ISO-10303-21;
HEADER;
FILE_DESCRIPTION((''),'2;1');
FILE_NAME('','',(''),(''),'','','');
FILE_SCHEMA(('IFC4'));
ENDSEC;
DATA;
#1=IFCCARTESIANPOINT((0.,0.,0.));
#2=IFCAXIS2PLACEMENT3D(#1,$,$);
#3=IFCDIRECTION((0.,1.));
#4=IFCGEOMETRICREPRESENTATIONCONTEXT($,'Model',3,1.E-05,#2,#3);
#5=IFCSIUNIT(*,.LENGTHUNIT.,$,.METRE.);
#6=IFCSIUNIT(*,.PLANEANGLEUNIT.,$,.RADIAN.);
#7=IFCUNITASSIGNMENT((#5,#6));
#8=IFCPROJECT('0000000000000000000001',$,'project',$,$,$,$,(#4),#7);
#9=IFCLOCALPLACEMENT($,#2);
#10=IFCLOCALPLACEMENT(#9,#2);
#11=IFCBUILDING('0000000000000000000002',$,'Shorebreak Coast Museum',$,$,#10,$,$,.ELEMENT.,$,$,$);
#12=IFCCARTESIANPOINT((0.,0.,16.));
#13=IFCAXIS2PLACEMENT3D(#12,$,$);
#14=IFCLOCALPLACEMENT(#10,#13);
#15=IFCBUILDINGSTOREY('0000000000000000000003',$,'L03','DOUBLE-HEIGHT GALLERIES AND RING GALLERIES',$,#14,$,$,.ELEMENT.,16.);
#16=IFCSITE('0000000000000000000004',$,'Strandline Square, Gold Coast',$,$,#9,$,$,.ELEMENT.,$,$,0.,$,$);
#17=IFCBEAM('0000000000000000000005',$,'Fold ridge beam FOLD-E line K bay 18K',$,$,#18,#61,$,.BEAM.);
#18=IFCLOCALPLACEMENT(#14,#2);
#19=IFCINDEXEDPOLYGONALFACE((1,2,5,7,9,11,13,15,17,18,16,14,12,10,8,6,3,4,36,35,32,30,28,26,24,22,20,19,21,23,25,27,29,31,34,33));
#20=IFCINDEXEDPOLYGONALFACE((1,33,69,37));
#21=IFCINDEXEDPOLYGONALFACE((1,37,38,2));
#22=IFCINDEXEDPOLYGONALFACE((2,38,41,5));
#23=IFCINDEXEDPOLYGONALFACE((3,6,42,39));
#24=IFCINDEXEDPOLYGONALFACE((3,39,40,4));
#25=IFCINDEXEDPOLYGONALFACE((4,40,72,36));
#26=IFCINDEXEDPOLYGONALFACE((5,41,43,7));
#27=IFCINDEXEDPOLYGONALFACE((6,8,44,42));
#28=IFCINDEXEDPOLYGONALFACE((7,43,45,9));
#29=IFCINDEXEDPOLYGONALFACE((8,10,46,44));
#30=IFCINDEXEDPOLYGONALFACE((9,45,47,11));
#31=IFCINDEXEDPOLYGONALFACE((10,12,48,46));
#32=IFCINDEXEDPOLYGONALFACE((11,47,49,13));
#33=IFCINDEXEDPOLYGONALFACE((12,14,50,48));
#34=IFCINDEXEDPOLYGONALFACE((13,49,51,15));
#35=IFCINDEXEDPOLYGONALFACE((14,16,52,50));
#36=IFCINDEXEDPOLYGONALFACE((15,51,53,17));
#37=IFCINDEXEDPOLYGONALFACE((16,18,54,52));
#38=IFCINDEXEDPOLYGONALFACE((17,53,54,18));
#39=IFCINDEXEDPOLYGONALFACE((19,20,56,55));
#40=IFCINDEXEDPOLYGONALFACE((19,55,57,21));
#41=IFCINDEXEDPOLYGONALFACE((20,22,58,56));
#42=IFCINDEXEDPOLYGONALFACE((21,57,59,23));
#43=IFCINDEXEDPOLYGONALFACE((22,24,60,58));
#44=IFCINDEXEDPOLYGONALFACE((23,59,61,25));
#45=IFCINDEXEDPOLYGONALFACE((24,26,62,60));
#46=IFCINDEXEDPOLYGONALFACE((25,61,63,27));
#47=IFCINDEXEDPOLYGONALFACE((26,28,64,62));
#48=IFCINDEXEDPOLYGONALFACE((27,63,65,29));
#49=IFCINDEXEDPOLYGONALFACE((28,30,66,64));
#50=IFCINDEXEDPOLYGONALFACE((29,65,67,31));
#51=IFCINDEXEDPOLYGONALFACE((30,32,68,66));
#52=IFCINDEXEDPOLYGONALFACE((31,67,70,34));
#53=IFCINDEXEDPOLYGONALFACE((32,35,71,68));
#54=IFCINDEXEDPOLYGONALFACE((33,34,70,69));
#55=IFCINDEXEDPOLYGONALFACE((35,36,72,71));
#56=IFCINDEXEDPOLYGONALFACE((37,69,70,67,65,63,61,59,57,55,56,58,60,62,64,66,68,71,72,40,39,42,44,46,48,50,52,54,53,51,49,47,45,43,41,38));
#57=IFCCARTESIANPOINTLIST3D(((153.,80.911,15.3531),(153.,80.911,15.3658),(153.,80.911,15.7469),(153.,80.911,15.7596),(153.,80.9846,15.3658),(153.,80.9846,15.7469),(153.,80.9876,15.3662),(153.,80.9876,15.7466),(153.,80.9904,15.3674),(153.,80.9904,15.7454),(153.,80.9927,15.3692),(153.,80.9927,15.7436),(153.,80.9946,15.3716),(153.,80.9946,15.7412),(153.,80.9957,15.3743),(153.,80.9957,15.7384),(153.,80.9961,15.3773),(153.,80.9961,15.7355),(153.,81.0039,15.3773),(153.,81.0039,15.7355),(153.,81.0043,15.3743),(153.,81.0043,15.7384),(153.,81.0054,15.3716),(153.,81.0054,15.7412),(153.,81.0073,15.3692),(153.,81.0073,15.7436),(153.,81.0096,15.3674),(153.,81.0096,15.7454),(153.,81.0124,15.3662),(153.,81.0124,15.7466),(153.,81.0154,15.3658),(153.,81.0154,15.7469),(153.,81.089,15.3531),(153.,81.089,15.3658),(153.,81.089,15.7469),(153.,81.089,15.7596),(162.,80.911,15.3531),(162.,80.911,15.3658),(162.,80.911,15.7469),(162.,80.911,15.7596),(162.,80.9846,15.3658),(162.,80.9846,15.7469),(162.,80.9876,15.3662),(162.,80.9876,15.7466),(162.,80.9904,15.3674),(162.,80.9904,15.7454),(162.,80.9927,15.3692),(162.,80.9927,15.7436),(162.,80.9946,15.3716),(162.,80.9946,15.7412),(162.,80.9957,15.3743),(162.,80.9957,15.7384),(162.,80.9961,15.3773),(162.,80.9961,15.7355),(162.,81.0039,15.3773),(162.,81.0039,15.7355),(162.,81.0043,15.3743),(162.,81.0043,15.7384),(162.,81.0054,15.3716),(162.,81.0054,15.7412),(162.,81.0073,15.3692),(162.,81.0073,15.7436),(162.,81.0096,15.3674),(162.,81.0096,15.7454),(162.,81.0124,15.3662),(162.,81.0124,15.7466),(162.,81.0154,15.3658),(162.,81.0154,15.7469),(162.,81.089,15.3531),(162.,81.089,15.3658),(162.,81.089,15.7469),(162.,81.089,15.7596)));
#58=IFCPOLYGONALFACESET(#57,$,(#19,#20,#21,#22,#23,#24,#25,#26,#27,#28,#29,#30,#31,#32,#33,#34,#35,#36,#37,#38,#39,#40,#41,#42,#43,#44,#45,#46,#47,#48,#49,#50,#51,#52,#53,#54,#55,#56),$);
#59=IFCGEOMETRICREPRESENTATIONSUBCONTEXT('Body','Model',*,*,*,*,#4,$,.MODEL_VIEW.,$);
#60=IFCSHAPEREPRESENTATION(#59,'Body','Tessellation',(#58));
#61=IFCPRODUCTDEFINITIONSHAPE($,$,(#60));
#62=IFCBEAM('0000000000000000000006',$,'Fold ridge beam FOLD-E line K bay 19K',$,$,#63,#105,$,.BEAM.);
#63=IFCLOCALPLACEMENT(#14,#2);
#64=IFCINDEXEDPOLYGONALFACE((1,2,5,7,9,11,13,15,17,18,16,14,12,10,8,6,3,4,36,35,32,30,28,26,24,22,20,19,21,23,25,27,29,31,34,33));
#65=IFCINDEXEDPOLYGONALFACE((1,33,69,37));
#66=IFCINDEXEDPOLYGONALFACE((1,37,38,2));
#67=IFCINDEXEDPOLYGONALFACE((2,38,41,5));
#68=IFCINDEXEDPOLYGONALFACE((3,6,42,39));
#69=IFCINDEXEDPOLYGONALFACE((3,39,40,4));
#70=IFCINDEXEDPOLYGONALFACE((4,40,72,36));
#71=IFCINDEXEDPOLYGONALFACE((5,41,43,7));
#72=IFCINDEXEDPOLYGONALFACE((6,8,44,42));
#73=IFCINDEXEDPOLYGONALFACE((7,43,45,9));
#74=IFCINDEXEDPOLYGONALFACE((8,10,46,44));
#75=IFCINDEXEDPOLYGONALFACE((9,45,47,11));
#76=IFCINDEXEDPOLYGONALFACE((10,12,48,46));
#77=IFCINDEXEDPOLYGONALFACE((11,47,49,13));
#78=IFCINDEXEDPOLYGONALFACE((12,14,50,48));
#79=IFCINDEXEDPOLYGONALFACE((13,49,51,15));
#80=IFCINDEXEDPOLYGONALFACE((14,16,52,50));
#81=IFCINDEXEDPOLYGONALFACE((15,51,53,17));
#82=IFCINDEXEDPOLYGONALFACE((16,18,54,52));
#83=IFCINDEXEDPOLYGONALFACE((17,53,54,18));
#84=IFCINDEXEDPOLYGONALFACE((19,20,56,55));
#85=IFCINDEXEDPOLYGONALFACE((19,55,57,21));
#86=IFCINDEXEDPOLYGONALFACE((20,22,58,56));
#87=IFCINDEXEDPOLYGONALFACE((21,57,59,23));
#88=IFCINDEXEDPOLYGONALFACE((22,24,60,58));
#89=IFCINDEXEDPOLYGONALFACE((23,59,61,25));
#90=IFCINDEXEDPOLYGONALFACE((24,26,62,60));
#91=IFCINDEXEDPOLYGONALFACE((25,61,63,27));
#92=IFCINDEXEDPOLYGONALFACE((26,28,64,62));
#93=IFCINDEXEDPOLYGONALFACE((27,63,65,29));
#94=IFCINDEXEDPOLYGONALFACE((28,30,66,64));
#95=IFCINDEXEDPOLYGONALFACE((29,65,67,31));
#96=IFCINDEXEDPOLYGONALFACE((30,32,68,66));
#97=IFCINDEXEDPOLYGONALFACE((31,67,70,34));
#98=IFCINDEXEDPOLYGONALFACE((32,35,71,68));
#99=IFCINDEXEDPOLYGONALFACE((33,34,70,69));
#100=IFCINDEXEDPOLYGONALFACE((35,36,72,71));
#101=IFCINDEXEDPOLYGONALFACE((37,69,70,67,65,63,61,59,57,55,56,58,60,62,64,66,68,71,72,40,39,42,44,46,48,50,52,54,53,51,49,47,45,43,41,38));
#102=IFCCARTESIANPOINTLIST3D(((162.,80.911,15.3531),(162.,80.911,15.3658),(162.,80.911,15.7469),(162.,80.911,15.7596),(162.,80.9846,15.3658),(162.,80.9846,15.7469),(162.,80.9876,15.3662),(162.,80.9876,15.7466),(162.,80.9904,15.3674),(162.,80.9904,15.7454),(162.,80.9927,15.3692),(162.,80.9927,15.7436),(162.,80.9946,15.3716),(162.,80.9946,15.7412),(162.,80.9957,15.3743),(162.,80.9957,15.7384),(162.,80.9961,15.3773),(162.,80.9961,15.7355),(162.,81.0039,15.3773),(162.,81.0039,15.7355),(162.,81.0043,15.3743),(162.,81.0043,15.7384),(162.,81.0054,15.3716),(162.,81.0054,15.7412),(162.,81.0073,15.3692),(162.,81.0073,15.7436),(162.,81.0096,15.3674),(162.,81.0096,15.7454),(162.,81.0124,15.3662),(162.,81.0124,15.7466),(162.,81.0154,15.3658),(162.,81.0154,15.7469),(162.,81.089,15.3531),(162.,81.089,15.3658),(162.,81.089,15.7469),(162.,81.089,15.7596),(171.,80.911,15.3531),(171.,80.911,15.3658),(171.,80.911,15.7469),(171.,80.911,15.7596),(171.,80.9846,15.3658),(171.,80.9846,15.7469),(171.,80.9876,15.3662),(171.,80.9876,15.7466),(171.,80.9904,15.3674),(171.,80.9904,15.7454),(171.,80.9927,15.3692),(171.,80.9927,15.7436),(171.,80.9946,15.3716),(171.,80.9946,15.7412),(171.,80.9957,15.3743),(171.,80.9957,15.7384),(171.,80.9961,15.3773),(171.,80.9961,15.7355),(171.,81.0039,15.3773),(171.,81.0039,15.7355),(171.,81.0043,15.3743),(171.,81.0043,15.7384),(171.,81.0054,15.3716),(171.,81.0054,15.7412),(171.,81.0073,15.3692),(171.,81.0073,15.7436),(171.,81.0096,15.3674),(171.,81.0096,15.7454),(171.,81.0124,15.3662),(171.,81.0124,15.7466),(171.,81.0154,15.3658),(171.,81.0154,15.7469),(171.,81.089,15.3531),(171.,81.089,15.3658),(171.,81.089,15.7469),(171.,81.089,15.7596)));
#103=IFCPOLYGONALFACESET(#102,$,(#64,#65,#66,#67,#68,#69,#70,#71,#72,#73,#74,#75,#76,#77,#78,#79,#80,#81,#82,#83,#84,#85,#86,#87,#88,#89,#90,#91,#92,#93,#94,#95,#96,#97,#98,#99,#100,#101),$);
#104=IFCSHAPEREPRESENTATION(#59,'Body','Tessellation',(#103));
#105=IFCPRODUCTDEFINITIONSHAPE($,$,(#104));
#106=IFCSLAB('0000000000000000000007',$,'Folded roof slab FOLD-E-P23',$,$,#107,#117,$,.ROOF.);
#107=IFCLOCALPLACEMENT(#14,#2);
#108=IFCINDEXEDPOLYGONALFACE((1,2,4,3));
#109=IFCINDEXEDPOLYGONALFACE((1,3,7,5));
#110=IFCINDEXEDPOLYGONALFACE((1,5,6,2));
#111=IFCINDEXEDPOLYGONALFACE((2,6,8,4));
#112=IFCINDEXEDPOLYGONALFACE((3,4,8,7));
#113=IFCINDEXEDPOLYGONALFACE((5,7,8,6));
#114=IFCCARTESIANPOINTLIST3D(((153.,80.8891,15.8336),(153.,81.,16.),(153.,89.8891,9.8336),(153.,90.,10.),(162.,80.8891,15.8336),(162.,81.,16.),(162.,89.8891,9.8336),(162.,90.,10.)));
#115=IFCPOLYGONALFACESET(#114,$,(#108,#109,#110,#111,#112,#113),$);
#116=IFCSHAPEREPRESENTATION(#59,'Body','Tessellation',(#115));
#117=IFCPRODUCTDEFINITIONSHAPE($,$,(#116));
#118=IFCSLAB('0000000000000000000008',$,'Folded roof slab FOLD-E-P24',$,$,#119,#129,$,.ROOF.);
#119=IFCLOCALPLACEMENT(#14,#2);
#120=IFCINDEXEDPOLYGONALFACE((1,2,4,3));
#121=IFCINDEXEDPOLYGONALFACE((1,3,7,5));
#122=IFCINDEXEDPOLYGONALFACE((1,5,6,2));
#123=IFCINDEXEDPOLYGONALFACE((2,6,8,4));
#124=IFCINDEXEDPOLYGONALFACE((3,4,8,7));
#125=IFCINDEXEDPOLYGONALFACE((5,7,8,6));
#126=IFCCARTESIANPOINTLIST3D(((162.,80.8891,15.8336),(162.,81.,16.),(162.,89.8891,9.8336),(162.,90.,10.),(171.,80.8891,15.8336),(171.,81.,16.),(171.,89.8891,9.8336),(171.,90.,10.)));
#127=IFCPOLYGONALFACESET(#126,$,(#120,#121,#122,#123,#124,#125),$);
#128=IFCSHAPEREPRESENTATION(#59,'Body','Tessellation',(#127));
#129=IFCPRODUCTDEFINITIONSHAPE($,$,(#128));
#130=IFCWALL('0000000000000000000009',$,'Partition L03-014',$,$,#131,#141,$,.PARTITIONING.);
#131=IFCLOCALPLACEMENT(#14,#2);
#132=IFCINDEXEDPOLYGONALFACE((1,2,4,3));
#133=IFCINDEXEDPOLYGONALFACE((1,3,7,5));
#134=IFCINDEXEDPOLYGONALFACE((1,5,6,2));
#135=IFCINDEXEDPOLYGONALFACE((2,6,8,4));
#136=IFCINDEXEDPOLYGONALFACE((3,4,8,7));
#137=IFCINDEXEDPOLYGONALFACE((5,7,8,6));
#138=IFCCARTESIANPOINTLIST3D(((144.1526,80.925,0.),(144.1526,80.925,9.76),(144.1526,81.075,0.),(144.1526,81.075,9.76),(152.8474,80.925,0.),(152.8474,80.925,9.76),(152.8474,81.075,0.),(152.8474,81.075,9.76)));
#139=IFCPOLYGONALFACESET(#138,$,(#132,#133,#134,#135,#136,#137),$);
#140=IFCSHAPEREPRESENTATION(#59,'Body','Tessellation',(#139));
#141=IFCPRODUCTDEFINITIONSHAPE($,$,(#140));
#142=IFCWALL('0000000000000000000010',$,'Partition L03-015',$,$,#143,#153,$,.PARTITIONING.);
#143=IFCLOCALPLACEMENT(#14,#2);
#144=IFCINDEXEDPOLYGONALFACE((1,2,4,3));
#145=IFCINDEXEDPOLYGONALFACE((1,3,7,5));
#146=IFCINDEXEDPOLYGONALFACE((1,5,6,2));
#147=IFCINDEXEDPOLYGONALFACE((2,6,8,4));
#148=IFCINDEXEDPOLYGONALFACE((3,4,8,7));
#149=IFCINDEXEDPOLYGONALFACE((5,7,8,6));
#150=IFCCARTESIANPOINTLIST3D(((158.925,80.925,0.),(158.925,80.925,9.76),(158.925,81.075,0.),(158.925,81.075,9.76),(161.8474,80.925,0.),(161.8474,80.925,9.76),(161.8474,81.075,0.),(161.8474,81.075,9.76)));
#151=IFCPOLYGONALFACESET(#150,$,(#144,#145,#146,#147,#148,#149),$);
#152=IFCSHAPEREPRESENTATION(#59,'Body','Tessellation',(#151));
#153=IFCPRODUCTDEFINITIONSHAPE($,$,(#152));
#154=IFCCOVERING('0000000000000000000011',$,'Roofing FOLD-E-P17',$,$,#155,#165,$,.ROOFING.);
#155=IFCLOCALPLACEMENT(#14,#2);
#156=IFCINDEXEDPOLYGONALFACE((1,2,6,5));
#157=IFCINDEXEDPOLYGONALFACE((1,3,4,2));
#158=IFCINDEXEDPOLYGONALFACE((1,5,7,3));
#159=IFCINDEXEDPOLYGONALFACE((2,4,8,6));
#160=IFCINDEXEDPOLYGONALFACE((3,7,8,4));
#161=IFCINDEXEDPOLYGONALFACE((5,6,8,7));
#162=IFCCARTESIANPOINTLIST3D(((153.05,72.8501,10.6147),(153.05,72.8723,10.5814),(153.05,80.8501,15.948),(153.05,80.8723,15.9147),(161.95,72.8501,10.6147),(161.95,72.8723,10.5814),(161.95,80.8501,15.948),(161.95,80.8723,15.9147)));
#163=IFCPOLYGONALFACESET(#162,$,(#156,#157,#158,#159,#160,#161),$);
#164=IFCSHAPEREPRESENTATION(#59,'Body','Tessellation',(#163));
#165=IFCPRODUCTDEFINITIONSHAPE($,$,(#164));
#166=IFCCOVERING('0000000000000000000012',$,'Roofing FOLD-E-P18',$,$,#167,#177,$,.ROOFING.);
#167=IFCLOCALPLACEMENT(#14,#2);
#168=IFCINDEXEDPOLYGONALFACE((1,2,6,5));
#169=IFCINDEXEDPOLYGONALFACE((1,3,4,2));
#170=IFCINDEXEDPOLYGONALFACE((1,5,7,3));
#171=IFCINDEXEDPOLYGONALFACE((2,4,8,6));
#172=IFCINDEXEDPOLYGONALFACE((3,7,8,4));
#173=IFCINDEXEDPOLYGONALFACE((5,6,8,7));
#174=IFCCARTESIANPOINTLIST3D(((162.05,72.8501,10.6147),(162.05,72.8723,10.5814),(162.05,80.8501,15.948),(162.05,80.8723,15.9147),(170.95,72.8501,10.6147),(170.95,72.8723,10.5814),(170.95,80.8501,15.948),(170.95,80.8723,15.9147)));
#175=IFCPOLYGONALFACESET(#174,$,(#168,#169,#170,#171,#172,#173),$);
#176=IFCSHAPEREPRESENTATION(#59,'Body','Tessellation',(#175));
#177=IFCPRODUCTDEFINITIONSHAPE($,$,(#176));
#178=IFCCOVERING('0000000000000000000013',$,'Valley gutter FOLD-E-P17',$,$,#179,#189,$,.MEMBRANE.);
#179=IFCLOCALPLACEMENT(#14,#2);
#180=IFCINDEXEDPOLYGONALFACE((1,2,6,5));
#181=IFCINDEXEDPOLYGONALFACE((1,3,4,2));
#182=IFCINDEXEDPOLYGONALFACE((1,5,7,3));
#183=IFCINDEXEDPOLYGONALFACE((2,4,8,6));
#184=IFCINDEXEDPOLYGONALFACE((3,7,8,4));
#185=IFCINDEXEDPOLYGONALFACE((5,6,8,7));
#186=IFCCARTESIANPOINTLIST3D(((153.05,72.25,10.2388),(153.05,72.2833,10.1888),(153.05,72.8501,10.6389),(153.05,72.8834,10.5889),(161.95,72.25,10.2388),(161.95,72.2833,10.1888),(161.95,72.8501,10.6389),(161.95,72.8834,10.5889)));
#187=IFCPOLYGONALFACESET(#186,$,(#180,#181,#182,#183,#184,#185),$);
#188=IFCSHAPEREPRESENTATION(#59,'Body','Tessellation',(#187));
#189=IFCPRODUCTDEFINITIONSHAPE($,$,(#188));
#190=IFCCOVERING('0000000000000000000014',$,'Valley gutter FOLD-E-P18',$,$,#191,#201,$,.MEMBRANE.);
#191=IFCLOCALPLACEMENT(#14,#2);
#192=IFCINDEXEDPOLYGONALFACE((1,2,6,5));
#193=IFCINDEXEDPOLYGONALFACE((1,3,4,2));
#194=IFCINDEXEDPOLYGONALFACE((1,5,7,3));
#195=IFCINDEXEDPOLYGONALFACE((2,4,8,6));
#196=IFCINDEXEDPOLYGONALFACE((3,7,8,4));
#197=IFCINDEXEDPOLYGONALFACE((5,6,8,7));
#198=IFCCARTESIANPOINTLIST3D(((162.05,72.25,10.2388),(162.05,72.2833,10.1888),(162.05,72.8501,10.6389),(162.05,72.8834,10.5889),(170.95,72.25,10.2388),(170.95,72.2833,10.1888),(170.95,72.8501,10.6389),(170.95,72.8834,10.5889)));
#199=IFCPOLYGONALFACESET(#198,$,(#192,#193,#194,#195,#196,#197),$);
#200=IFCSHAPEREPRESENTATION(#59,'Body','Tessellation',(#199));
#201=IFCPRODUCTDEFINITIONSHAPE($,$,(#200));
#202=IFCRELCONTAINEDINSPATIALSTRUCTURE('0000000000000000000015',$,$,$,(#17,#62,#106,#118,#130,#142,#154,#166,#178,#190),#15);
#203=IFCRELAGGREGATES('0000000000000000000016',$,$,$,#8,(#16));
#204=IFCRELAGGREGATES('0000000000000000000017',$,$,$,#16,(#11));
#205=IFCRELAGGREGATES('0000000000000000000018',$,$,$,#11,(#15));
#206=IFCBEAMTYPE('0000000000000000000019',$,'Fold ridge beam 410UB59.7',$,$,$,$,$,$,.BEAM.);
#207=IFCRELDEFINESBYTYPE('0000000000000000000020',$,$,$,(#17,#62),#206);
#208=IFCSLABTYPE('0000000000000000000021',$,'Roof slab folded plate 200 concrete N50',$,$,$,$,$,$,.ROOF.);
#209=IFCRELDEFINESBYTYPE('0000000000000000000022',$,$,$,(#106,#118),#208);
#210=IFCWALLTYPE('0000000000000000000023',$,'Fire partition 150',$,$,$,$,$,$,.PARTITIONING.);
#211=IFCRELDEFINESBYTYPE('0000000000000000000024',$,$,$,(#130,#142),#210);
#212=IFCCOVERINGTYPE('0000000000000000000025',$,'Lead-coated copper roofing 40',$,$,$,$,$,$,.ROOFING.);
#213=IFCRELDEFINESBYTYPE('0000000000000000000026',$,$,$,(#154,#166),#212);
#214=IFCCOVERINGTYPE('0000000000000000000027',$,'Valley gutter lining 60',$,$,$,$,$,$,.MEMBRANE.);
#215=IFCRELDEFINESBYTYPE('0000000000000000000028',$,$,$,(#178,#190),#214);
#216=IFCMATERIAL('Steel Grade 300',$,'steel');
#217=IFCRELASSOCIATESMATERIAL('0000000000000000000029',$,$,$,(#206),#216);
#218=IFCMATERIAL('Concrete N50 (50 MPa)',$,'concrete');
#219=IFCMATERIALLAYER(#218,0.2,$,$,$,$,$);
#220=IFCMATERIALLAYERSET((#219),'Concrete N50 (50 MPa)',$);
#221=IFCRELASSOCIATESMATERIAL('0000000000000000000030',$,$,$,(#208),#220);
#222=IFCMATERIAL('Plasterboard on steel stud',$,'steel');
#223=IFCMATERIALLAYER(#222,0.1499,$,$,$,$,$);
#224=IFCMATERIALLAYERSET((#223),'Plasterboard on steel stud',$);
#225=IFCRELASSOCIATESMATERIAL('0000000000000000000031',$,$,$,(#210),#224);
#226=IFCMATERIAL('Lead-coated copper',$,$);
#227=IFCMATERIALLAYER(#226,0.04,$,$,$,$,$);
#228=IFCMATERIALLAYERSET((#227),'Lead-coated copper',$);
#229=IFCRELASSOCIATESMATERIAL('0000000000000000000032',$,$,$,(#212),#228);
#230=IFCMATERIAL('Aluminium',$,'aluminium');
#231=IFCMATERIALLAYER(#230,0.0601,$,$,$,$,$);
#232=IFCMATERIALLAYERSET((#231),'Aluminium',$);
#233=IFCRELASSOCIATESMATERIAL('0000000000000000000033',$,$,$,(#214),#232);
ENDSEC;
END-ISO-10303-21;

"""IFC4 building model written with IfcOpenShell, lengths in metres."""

from ifc_helpers import new_model, si_unit, direction, frame, frame_2d, origin, origin_2d, place, context, subcontext, project, spatial, polyline, rectangle, i_section, outline, extrude, material, layer, layer_set, material_profile, profile_set, type_object, element, save


model = new_model("IFC4")

# Units and contexts
model_context = context("Model", 3, precision=1e-05, world=origin(), true_north=direction((0.0, 1.0)))
body_context = subcontext(model_context, "Body", "Model", "MODEL_VIEW")
ifc_project = project(units=[si_unit("LENGTHUNIT", "METRE"), si_unit("PLANEANGLEUNIT", "RADIAN")], contexts=[model_context])

# Site, building, storey
site_placement = place(None, origin())
site = spatial("IfcSite", under=ifc_project, at=site_placement, Name="Strandline Square, Gold Coast", CompositionType="ELEMENT", RefElevation=0.0)
building_placement = place(site_placement, origin())
building = spatial("IfcBuilding", under=site, at=building_placement, Name="Shorebreak Coast Museum", CompositionType="ELEMENT")
storey_placement = place(building_placement, frame((0.0, 0.0, 16.0)))
storey = spatial("IfcBuildingStorey", under=building, at=storey_placement, Name="L03", Description="DOUBLE-HEIGHT GALLERIES AND RING GALLERIES", CompositionType="ELEMENT", Elevation=16.0)

# Beams
ifc_material_1 = material(Name="Steel Grade 300", Category="steel")
ifc_material_profile_1 = material_profile(ifc_material_1, i_section(OverallWidth=0.178, OverallDepth=0.4065, WebThickness=0.0078, FlangeThickness=0.0127, FilletRadius=0.0115, at=origin_2d()), Name="410UB59.7")
ifc_profile_set_1 = profile_set([ifc_material_profile_1], Name="Steel Grade 300")
beam_type_1 = type_object("IfcBeamType", Name="Fold ridge beam 410UB59.7", PredefinedType="BEAM", material=ifc_profile_set_1)
for number, where, z_axis, x_axis, name in (
    (1, (153.0, 81.0, 15.5564), (1.0, 0.0, 0.0), (0.0, 1.0, 0.0), "Fold ridge beam FOLD-E line K bay 18K"),
    (2, (162.0, 81.0, 15.5564), (1.0, 0.0, 0.0), (0.0, 1.0, 0.0), "Fold ridge beam FOLD-E line K bay 19K"),
):
    element("IfcBeam", number, at=place(storey_placement, frame(where, z_axis=z_axis, x_axis=x_axis)), inside=storey, type_object=beam_type_1, Name=name, PredefinedType="BEAM", context=body_context, shape_type="SweptSolid", body=[
        extrude(i_section(OverallWidth=0.178, OverallDepth=0.4065, WebThickness=0.0078, FlangeThickness=0.0127, FilletRadius=0.0115, at=origin_2d()), origin(), (0.0, 0.0, 1.0), 9.0),
    ])

# Slabs
ifc_material_2 = material(Name="Concrete N50 (50 MPa)", Category="concrete")
ifc_layer_1 = layer(ifc_material_2, 0.2)
ifc_layer_set_1 = layer_set([ifc_layer_1], Name="Concrete N50 (50 MPa)")
slab_type = type_object("IfcSlabType", Name="Roof slab folded plate 200 concrete N50", PredefinedType="ROOF", material=ifc_layer_set_1)
for number, where, z_axis, x_axis, name in (
    (3, (153.0, 81.0, 16.0), (0.0, 0.5547, 0.83205), (1.0, 0.0, 0.0), "Folded roof slab FOLD-E-P23"),
    (4, (162.0, 81.0, 16.0), (0.0, 0.5547, 0.83205), (1.0, 0.0, 0.0), "Folded roof slab FOLD-E-P24"),
):
    element("IfcSlab", number, at=place(storey_placement, frame(where, z_axis=z_axis, x_axis=x_axis)), inside=storey, type_object=slab_type, Name=name, PredefinedType="ROOF", context=body_context, shape_type="SweptSolid", body=[
        extrude(outline(polyline([(0.0, 0.0), (9.0, 0.0), (9.0, 10.8167), (0.0, 10.8167), (0.0, 0.0)])), origin(), (0.0, 0.0, -1.0), 0.2),
    ])

# Walls
ifc_material_3 = material(Name="Plasterboard on steel stud", Category="steel")
ifc_layer_2 = layer(ifc_material_3, 0.1499)
ifc_layer_set_2 = layer_set([ifc_layer_2], Name="Plasterboard on steel stud")
wall_type = type_object("IfcWallType", Name="Fire partition 150", PredefinedType="PARTITIONING", material=ifc_layer_set_2)
wall_1_placement = place(storey_placement, frame((144.1526, 81.0, 0.0), z_axis=(0.0, 0.0, 1.0), x_axis=(1.0, 0.0, 0.0)))
element("IfcWall", 5, at=wall_1_placement, inside=storey, type_object=wall_type, Name="Partition L03-014", PredefinedType="PARTITIONING", context=body_context, shape_type="SweptSolid", body=[
    extrude(rectangle(XDim=8.6948, YDim=0.1499, at=frame_2d((4.3474, 0.0))), origin(), (0.0, 0.0, 1.0), 9.76),
])
wall_2_placement = place(storey_placement, frame((158.925, 81.0, 0.0), z_axis=(0.0, 0.0, 1.0), x_axis=(1.0, 0.0, 0.0)))
element("IfcWall", 6, at=wall_2_placement, inside=storey, type_object=wall_type, Name="Partition L03-015", PredefinedType="PARTITIONING", context=body_context, shape_type="SweptSolid", body=[
    extrude(rectangle(XDim=2.9224, YDim=0.1499, at=frame_2d((1.4612, 0.0))), origin(), (0.0, 0.0, 1.0), 9.76),
])

# Coverings
ifc_material_4 = material(Name="Lead-coated copper")
ifc_layer_3 = layer(ifc_material_4, 0.04)
ifc_layer_set_3 = layer_set([ifc_layer_3], Name="Lead-coated copper")
covering_type_1 = type_object("IfcCoveringType", Name="Lead-coated copper roofing 40", PredefinedType="ROOFING", material=ifc_layer_set_3)
for number, where, z_axis, x_axis, name in (
    (7, (153.05, 72.8501, 10.6147), (0.0, -0.554694, 0.832054), (1.0, 0.0, 0.0), "Roofing FOLD-E-P17"),
    (8, (162.05, 72.8501, 10.6147), (0.0, -0.554694, 0.832054), (1.0, 0.0, 0.0), "Roofing FOLD-E-P18"),
):
    element("IfcCovering", number, at=place(storey_placement, frame(where, z_axis=z_axis, x_axis=x_axis)), inside=storey, type_object=covering_type_1, Name=name, PredefinedType="ROOFING", context=body_context, shape_type="SweptSolid", body=[
        extrude(outline(polyline([(0.0, 0.0), (8.8999, 0.0), (8.8999, 9.6148), (0.0, 9.6148), (0.0, 0.0)])), origin(), (0.0, 0.0, -1.0), 0.04),
    ])
ifc_material_5 = material(Name="Aluminium", Category="aluminium")
ifc_layer_4 = layer(ifc_material_5, 0.0601)
ifc_layer_set_4 = layer_set([ifc_layer_4], Name="Aluminium")
covering_type_2 = type_object("IfcCoveringType", Name="Valley gutter lining 60", PredefinedType="MEMBRANE", material=ifc_layer_set_4)
for number, where, z_axis, x_axis, name in (
    (9, (153.05, 72.25, 10.2388), (0.0, -0.554778, 0.831998), (1.0, 0.0, 0.0), "Valley gutter FOLD-E-P17"),
    (10, (162.05, 72.25, 10.2388), (0.0, -0.554778, 0.831998), (1.0, 0.0, 0.0), "Valley gutter FOLD-E-P18"),
):
    element("IfcCovering", number, at=place(storey_placement, frame(where, z_axis=z_axis, x_axis=x_axis)), inside=storey, type_object=covering_type_2, Name=name, PredefinedType="MEMBRANE", context=body_context, shape_type="SweptSolid", body=[
        extrude(outline(polyline([(0.0, 0.0), (8.8999, 0.0), (8.8999, 0.7213), (0.0, 0.7213), (0.0, 0.0)])), origin(), (0.0, 0.0, -1.0), 0.0601),
    ])

save(model, "model.ifc")
